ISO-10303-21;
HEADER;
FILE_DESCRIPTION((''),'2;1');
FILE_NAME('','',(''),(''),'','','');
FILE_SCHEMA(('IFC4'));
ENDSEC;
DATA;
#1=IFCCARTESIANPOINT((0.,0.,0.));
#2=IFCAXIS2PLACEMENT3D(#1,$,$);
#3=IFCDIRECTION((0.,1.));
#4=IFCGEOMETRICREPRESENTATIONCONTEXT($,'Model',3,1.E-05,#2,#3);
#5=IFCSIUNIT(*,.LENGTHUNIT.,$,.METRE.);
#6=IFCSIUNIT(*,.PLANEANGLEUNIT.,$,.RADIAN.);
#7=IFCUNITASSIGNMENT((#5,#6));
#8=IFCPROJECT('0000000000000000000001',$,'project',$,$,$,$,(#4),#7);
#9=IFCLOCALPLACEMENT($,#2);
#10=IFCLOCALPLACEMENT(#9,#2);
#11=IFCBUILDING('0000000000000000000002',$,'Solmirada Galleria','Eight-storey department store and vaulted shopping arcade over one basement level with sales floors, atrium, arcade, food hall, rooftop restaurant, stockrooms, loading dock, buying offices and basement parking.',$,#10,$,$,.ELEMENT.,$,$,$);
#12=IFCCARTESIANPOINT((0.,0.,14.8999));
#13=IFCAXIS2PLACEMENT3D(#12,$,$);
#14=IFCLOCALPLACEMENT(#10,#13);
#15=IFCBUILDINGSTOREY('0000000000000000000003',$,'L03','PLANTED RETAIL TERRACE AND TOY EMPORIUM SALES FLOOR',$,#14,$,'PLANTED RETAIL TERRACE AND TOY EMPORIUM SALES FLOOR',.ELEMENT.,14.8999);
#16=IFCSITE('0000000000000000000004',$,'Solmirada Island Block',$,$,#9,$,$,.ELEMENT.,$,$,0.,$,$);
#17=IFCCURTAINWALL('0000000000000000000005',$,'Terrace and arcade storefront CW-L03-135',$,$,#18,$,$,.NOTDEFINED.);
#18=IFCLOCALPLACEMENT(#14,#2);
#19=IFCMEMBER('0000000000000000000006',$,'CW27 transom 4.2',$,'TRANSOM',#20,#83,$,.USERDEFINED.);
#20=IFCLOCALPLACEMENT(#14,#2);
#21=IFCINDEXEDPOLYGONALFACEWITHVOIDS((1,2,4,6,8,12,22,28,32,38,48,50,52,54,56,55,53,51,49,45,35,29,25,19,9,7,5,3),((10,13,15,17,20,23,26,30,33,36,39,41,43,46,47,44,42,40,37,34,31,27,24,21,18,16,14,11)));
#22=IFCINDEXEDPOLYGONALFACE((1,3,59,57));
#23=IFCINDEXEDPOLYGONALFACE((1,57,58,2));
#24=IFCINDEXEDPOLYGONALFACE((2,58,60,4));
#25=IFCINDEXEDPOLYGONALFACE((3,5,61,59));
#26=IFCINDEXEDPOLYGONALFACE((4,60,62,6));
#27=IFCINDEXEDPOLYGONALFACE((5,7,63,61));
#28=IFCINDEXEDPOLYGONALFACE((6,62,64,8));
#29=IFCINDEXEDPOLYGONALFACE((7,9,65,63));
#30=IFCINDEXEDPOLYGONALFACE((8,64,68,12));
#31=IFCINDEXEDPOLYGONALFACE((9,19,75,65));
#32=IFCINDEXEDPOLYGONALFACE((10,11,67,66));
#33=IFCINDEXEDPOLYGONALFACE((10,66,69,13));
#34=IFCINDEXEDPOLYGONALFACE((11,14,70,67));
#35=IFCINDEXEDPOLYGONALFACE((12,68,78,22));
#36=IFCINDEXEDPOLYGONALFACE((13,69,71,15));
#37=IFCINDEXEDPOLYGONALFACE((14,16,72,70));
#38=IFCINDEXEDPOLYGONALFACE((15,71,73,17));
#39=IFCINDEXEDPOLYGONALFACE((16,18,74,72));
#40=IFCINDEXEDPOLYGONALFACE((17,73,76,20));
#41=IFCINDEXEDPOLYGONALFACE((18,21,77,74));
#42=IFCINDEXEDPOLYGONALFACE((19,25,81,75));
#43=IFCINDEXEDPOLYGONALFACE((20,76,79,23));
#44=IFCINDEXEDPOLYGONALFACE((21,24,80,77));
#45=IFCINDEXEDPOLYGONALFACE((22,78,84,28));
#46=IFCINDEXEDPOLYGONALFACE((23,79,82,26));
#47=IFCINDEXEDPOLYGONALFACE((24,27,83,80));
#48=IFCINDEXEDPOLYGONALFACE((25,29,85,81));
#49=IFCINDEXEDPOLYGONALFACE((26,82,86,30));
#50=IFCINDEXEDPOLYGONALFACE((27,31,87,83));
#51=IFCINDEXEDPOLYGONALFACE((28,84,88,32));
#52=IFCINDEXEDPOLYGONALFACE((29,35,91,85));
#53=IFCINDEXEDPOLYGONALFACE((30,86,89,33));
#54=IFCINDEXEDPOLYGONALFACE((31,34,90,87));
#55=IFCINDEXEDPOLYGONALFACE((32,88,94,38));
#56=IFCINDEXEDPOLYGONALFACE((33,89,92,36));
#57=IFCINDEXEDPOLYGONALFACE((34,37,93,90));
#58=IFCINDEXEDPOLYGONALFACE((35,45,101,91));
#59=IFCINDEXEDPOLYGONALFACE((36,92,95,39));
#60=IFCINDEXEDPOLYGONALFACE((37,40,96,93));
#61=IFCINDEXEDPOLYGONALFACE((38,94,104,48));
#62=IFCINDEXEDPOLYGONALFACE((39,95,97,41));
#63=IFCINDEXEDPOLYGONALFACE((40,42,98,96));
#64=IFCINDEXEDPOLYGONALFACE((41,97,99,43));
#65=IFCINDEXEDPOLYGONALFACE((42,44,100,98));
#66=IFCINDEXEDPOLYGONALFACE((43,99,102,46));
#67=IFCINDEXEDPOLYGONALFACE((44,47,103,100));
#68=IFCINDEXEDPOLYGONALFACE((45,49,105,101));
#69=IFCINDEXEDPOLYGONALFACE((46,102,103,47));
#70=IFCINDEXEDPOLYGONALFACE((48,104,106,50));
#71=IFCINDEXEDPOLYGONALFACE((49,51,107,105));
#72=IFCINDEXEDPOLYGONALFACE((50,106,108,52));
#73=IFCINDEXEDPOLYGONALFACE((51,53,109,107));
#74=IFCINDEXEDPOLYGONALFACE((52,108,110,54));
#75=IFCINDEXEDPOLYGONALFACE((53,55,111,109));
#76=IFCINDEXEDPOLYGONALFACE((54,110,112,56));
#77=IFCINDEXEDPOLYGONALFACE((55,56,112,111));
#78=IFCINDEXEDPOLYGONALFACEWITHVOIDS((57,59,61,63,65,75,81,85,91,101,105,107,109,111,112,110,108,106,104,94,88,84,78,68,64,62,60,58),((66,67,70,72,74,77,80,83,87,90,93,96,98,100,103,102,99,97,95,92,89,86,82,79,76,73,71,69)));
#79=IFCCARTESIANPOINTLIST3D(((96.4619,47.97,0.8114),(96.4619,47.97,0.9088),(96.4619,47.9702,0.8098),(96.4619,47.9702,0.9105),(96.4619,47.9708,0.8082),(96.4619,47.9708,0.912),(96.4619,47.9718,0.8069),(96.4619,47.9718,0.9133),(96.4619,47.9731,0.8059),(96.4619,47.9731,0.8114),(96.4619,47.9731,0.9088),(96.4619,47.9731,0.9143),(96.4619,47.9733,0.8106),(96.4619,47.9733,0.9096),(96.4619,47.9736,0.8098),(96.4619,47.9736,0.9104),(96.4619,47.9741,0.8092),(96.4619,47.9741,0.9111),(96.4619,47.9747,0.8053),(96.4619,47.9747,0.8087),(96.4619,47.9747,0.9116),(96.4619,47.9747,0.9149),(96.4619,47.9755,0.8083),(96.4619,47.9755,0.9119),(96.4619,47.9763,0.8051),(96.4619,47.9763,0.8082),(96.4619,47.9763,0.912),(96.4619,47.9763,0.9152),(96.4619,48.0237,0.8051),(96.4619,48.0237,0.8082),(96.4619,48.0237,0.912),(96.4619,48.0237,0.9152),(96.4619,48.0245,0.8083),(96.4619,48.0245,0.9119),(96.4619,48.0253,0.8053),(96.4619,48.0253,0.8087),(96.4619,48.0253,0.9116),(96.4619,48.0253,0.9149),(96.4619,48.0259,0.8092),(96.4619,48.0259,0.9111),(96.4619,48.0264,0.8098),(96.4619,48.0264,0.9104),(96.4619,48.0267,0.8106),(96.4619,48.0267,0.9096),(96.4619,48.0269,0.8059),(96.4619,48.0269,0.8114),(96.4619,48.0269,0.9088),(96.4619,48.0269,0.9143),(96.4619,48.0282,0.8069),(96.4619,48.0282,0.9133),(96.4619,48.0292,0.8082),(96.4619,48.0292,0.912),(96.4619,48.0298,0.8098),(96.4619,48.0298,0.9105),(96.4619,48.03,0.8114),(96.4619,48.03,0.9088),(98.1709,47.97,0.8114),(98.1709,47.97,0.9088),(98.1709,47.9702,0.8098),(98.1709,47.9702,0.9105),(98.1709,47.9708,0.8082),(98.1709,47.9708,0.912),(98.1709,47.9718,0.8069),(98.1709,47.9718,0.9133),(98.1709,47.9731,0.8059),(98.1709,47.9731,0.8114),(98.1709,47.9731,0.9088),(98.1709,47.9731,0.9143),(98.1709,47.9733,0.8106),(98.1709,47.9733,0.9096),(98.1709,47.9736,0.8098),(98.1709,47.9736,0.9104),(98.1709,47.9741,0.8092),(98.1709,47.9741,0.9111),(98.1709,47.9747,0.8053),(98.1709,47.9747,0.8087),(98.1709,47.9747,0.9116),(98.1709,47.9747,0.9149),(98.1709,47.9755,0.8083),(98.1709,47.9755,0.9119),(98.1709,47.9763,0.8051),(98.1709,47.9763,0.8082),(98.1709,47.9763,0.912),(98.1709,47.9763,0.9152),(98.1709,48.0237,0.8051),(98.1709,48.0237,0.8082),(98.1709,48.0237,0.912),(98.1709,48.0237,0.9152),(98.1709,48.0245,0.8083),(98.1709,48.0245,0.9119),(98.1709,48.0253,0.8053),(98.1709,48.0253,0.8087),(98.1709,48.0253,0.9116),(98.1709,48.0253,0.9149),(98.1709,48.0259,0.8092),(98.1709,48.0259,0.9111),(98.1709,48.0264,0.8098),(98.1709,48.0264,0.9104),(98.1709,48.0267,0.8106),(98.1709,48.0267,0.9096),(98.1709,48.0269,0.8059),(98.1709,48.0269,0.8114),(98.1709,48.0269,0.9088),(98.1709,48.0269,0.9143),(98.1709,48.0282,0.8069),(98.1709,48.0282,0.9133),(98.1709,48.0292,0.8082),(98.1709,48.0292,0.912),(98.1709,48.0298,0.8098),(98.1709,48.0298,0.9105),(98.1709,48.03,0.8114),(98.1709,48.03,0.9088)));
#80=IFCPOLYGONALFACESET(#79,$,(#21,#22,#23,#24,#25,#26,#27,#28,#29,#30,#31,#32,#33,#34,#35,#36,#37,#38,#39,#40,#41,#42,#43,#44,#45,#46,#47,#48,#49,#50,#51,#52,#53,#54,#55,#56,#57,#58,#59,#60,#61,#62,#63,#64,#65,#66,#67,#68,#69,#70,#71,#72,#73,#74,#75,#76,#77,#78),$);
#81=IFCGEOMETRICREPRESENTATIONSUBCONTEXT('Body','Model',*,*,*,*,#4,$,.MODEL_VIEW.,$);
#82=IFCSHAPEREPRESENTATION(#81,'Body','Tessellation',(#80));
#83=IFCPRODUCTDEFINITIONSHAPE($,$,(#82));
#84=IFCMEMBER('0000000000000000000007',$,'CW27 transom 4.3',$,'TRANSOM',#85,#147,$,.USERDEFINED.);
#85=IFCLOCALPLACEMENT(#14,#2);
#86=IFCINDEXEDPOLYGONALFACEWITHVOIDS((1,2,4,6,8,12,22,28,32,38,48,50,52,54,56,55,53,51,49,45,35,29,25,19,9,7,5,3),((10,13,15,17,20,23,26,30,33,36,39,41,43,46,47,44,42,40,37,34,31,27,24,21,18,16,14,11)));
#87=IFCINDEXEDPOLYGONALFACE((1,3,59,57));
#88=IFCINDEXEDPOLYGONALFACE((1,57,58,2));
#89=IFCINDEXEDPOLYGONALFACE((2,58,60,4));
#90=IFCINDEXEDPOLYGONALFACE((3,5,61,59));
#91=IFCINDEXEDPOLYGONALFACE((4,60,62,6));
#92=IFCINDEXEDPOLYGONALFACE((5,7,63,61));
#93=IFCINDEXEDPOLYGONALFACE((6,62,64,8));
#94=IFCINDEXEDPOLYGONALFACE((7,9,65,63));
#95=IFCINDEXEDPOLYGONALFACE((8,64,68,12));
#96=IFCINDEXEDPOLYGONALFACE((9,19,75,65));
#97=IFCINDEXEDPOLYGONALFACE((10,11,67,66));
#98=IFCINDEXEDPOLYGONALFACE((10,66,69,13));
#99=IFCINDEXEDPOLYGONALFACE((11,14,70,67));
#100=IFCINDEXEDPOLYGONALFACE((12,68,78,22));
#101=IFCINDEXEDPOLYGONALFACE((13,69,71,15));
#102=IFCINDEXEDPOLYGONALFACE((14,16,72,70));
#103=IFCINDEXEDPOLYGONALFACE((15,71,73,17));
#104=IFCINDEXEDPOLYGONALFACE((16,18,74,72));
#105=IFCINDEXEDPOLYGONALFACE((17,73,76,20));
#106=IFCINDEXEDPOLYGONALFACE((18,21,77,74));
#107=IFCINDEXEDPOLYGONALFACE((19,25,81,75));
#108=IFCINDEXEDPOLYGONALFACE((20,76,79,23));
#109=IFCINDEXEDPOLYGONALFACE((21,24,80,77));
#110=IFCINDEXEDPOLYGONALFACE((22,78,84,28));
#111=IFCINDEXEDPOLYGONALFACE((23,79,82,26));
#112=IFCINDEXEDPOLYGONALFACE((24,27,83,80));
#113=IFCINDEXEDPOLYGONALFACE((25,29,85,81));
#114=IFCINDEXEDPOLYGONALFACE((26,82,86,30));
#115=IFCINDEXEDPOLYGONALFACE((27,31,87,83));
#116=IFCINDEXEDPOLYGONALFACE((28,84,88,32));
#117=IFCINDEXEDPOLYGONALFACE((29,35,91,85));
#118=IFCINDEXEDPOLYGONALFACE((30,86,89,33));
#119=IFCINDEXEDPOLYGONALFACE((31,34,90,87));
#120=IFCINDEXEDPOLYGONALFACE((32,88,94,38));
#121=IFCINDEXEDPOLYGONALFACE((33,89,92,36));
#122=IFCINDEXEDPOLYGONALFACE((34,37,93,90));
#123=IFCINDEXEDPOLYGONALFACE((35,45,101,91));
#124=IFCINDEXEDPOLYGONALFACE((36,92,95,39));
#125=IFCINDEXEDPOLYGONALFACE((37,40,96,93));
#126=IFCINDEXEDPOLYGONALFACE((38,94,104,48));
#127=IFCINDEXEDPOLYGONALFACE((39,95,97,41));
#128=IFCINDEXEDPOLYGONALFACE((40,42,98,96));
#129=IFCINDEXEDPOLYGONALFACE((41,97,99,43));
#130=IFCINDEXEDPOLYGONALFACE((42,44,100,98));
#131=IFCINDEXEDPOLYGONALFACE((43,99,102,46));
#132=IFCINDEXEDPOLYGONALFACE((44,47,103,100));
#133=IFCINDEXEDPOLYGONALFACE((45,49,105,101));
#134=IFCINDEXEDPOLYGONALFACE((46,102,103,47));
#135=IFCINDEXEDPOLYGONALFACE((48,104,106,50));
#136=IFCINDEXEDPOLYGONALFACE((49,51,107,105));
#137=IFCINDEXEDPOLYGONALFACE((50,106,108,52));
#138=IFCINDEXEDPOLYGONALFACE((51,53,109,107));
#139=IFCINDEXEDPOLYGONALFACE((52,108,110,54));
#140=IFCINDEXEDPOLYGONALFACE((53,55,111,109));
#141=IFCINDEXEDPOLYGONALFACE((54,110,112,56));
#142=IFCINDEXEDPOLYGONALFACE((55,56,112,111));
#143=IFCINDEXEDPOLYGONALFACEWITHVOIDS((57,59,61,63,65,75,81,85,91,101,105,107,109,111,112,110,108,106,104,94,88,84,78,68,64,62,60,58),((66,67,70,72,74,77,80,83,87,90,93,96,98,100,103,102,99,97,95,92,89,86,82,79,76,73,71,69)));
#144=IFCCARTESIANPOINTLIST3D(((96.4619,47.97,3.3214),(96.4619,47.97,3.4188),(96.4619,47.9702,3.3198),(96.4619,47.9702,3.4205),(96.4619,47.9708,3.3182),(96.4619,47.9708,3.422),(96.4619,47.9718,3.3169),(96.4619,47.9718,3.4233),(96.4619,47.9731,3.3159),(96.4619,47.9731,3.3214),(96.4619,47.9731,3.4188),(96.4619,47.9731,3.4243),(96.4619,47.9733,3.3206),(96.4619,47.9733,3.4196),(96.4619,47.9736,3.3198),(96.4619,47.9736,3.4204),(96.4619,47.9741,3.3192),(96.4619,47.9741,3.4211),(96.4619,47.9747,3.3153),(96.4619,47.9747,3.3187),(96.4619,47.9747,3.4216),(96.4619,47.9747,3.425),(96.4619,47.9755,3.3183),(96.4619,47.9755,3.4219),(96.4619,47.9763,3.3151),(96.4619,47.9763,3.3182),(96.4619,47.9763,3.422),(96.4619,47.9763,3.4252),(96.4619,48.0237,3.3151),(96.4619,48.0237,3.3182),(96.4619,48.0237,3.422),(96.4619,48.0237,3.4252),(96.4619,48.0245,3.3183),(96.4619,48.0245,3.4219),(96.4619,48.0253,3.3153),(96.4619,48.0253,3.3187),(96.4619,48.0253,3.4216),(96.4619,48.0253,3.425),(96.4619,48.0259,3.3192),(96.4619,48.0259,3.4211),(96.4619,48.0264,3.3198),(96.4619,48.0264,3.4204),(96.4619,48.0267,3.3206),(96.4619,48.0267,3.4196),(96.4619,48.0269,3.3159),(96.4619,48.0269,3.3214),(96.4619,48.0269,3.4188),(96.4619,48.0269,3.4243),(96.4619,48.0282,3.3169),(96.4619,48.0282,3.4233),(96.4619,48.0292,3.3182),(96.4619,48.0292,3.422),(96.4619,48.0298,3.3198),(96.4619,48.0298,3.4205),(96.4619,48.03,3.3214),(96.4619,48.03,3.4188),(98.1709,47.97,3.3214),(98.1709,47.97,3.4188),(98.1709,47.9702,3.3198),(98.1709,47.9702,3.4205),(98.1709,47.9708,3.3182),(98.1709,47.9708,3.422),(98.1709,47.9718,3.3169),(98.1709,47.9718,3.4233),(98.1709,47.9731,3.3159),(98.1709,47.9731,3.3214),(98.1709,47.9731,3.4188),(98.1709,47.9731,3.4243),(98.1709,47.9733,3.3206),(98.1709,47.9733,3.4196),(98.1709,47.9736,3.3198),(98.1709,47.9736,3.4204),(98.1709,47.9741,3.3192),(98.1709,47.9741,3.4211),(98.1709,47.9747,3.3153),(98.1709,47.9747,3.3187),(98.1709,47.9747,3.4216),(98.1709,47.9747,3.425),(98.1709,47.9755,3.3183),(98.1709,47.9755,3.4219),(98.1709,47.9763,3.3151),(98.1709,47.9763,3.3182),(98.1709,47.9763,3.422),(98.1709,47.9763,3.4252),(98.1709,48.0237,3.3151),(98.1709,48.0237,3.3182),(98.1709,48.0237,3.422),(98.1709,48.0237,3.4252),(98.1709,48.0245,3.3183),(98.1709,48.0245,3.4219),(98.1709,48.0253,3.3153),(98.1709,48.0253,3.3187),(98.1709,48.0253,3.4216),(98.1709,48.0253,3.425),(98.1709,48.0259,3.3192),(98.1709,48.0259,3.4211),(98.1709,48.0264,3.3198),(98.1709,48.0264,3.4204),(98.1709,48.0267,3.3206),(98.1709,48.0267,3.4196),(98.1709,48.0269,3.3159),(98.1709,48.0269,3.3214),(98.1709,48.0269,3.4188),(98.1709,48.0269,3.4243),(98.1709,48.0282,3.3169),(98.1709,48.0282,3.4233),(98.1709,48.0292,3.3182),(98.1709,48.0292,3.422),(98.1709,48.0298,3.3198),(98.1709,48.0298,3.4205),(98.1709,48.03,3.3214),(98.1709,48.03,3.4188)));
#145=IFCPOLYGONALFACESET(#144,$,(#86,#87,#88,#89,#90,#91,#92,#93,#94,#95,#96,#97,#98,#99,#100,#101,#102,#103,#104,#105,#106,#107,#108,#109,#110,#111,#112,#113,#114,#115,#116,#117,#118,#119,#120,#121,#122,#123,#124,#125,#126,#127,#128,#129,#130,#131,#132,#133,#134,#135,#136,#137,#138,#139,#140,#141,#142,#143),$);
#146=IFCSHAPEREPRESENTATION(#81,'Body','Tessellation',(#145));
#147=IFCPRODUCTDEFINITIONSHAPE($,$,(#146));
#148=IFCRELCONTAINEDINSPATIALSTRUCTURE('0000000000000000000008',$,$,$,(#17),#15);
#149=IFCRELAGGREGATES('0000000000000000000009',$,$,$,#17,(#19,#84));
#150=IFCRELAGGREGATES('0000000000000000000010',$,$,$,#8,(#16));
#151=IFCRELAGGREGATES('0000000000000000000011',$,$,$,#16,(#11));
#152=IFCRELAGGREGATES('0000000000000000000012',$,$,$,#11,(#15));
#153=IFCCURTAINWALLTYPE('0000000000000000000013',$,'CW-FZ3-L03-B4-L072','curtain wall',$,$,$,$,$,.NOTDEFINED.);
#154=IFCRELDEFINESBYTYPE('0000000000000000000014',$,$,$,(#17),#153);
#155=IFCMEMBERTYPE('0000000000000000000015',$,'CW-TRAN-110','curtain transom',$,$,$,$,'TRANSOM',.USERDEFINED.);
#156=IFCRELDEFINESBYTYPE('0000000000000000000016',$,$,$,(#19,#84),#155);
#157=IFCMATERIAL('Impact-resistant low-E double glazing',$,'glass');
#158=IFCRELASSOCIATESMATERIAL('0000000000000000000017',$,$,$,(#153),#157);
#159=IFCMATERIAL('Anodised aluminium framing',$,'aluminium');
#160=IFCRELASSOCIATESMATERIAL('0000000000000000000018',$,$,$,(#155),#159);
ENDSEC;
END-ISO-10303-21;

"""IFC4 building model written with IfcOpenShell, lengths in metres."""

from ifc_helpers import new_model, si_unit, direction, frame, origin, origin_2d, place, context, subcontext, project, spatial, hollow_rectangle, extrude, material, material_profile, profile_set, type_object, element, aggregate, save


model = new_model("IFC4")

# Units and contexts
model_context = context("Model", 3, precision=1e-05, world=origin(), true_north=direction((0.0, 1.0)))
body_context = subcontext(model_context, "Body", "Model", "MODEL_VIEW")
ifc_project = project(units=[si_unit("LENGTHUNIT", "METRE"), si_unit("PLANEANGLEUNIT", "RADIAN")], contexts=[model_context])

# Site, building, storey
site_placement = place(None, origin())
site = spatial("IfcSite", under=ifc_project, at=site_placement, Name="Solmirada Island Block", CompositionType="ELEMENT", RefElevation=0.0)
building_placement = place(site_placement, origin())
building = spatial("IfcBuilding", under=site, at=building_placement, Name="Solmirada Galleria", Description="Eight-storey department store and vaulted shopping arcade over one basement level with sales floors, atrium, arcade, food hall, rooftop restaurant, stockrooms, loading dock, buying offices and basement parking.", CompositionType="ELEMENT")
storey_placement = place(building_placement, frame((0.0, 0.0, 14.8999)))
storey = spatial("IfcBuildingStorey", under=building, at=storey_placement, Name="L03", Description="PLANTED RETAIL TERRACE AND TOY EMPORIUM SALES FLOOR", LongName="PLANTED RETAIL TERRACE AND TOY EMPORIUM SALES FLOOR", CompositionType="ELEMENT", Elevation=14.8999)

# Curtain wall, members
ifc_material_1 = material(Name="Impact-resistant low-E double glazing", Category="glass")
curtain_wall_type = type_object("IfcCurtainWallType", Name="CW-FZ3-L03-B4-L072", Description="curtain wall", PredefinedType="NOTDEFINED", material=ifc_material_1)
curtain_wall_placement = place(storey_placement, origin())
curtain_wall = element("IfcCurtainWall", 1, at=curtain_wall_placement, inside=storey, type_object=curtain_wall_type, Name="Terrace and arcade storefront CW-L03-135", PredefinedType="NOTDEFINED")
ifc_material_2 = material(Name="Anodised aluminium framing", Category="aluminium")
ifc_material_profile_1 = material_profile(ifc_material_2, hollow_rectangle(XDim=0.0601, YDim=0.1101, WallThickness=0.0032, InnerFilletRadius=0.0032, OuterFilletRadius=0.0063, at=origin_2d()), Name="ALU-TRAN-110X60")
ifc_profile_set_1 = profile_set([ifc_material_profile_1], Name="Anodised aluminium framing")
member_type_1 = type_object("IfcMemberType", Name="CW-TRAN-110", Description="curtain transom", ElementType="TRANSOM", PredefinedType="USERDEFINED", material=ifc_profile_set_1)
member_1_placement = place(storey_placement, frame((98.1709, 48.0, 0.8601), z_axis=(-1.0, 0.0, 0.0), x_axis=(0.0, -1.0, 0.0)))
member_1 = element("IfcMember", 2, at=member_1_placement, type_object=member_type_1, Name="CW27 transom 4.2", ObjectType="TRANSOM", PredefinedType="USERDEFINED", context=body_context, shape_type="SweptSolid", body=[
    extrude(hollow_rectangle(XDim=0.0601, YDim=0.1101, WallThickness=0.0032, InnerFilletRadius=0.0032, OuterFilletRadius=0.0063, at=origin_2d()), origin(), (0.0, 0.0, 1.0), 1.709),
])
member_2_placement = place(storey_placement, frame((98.1709, 48.0, 3.3701), z_axis=(-1.0, 0.0, 0.0), x_axis=(0.0, -1.0, 0.0)))
member_2 = element("IfcMember", 3, at=member_2_placement, type_object=member_type_1, Name="CW27 transom 4.3", ObjectType="TRANSOM", PredefinedType="USERDEFINED", context=body_context, shape_type="SweptSolid", body=[
    extrude(hollow_rectangle(XDim=0.0601, YDim=0.1101, WallThickness=0.0032, InnerFilletRadius=0.0032, OuterFilletRadius=0.0063, at=origin_2d()), origin(), (0.0, 0.0, 1.0), 1.709),
])
aggregate(curtain_wall, [member_1, member_2])

save(model, "model.ifc")
